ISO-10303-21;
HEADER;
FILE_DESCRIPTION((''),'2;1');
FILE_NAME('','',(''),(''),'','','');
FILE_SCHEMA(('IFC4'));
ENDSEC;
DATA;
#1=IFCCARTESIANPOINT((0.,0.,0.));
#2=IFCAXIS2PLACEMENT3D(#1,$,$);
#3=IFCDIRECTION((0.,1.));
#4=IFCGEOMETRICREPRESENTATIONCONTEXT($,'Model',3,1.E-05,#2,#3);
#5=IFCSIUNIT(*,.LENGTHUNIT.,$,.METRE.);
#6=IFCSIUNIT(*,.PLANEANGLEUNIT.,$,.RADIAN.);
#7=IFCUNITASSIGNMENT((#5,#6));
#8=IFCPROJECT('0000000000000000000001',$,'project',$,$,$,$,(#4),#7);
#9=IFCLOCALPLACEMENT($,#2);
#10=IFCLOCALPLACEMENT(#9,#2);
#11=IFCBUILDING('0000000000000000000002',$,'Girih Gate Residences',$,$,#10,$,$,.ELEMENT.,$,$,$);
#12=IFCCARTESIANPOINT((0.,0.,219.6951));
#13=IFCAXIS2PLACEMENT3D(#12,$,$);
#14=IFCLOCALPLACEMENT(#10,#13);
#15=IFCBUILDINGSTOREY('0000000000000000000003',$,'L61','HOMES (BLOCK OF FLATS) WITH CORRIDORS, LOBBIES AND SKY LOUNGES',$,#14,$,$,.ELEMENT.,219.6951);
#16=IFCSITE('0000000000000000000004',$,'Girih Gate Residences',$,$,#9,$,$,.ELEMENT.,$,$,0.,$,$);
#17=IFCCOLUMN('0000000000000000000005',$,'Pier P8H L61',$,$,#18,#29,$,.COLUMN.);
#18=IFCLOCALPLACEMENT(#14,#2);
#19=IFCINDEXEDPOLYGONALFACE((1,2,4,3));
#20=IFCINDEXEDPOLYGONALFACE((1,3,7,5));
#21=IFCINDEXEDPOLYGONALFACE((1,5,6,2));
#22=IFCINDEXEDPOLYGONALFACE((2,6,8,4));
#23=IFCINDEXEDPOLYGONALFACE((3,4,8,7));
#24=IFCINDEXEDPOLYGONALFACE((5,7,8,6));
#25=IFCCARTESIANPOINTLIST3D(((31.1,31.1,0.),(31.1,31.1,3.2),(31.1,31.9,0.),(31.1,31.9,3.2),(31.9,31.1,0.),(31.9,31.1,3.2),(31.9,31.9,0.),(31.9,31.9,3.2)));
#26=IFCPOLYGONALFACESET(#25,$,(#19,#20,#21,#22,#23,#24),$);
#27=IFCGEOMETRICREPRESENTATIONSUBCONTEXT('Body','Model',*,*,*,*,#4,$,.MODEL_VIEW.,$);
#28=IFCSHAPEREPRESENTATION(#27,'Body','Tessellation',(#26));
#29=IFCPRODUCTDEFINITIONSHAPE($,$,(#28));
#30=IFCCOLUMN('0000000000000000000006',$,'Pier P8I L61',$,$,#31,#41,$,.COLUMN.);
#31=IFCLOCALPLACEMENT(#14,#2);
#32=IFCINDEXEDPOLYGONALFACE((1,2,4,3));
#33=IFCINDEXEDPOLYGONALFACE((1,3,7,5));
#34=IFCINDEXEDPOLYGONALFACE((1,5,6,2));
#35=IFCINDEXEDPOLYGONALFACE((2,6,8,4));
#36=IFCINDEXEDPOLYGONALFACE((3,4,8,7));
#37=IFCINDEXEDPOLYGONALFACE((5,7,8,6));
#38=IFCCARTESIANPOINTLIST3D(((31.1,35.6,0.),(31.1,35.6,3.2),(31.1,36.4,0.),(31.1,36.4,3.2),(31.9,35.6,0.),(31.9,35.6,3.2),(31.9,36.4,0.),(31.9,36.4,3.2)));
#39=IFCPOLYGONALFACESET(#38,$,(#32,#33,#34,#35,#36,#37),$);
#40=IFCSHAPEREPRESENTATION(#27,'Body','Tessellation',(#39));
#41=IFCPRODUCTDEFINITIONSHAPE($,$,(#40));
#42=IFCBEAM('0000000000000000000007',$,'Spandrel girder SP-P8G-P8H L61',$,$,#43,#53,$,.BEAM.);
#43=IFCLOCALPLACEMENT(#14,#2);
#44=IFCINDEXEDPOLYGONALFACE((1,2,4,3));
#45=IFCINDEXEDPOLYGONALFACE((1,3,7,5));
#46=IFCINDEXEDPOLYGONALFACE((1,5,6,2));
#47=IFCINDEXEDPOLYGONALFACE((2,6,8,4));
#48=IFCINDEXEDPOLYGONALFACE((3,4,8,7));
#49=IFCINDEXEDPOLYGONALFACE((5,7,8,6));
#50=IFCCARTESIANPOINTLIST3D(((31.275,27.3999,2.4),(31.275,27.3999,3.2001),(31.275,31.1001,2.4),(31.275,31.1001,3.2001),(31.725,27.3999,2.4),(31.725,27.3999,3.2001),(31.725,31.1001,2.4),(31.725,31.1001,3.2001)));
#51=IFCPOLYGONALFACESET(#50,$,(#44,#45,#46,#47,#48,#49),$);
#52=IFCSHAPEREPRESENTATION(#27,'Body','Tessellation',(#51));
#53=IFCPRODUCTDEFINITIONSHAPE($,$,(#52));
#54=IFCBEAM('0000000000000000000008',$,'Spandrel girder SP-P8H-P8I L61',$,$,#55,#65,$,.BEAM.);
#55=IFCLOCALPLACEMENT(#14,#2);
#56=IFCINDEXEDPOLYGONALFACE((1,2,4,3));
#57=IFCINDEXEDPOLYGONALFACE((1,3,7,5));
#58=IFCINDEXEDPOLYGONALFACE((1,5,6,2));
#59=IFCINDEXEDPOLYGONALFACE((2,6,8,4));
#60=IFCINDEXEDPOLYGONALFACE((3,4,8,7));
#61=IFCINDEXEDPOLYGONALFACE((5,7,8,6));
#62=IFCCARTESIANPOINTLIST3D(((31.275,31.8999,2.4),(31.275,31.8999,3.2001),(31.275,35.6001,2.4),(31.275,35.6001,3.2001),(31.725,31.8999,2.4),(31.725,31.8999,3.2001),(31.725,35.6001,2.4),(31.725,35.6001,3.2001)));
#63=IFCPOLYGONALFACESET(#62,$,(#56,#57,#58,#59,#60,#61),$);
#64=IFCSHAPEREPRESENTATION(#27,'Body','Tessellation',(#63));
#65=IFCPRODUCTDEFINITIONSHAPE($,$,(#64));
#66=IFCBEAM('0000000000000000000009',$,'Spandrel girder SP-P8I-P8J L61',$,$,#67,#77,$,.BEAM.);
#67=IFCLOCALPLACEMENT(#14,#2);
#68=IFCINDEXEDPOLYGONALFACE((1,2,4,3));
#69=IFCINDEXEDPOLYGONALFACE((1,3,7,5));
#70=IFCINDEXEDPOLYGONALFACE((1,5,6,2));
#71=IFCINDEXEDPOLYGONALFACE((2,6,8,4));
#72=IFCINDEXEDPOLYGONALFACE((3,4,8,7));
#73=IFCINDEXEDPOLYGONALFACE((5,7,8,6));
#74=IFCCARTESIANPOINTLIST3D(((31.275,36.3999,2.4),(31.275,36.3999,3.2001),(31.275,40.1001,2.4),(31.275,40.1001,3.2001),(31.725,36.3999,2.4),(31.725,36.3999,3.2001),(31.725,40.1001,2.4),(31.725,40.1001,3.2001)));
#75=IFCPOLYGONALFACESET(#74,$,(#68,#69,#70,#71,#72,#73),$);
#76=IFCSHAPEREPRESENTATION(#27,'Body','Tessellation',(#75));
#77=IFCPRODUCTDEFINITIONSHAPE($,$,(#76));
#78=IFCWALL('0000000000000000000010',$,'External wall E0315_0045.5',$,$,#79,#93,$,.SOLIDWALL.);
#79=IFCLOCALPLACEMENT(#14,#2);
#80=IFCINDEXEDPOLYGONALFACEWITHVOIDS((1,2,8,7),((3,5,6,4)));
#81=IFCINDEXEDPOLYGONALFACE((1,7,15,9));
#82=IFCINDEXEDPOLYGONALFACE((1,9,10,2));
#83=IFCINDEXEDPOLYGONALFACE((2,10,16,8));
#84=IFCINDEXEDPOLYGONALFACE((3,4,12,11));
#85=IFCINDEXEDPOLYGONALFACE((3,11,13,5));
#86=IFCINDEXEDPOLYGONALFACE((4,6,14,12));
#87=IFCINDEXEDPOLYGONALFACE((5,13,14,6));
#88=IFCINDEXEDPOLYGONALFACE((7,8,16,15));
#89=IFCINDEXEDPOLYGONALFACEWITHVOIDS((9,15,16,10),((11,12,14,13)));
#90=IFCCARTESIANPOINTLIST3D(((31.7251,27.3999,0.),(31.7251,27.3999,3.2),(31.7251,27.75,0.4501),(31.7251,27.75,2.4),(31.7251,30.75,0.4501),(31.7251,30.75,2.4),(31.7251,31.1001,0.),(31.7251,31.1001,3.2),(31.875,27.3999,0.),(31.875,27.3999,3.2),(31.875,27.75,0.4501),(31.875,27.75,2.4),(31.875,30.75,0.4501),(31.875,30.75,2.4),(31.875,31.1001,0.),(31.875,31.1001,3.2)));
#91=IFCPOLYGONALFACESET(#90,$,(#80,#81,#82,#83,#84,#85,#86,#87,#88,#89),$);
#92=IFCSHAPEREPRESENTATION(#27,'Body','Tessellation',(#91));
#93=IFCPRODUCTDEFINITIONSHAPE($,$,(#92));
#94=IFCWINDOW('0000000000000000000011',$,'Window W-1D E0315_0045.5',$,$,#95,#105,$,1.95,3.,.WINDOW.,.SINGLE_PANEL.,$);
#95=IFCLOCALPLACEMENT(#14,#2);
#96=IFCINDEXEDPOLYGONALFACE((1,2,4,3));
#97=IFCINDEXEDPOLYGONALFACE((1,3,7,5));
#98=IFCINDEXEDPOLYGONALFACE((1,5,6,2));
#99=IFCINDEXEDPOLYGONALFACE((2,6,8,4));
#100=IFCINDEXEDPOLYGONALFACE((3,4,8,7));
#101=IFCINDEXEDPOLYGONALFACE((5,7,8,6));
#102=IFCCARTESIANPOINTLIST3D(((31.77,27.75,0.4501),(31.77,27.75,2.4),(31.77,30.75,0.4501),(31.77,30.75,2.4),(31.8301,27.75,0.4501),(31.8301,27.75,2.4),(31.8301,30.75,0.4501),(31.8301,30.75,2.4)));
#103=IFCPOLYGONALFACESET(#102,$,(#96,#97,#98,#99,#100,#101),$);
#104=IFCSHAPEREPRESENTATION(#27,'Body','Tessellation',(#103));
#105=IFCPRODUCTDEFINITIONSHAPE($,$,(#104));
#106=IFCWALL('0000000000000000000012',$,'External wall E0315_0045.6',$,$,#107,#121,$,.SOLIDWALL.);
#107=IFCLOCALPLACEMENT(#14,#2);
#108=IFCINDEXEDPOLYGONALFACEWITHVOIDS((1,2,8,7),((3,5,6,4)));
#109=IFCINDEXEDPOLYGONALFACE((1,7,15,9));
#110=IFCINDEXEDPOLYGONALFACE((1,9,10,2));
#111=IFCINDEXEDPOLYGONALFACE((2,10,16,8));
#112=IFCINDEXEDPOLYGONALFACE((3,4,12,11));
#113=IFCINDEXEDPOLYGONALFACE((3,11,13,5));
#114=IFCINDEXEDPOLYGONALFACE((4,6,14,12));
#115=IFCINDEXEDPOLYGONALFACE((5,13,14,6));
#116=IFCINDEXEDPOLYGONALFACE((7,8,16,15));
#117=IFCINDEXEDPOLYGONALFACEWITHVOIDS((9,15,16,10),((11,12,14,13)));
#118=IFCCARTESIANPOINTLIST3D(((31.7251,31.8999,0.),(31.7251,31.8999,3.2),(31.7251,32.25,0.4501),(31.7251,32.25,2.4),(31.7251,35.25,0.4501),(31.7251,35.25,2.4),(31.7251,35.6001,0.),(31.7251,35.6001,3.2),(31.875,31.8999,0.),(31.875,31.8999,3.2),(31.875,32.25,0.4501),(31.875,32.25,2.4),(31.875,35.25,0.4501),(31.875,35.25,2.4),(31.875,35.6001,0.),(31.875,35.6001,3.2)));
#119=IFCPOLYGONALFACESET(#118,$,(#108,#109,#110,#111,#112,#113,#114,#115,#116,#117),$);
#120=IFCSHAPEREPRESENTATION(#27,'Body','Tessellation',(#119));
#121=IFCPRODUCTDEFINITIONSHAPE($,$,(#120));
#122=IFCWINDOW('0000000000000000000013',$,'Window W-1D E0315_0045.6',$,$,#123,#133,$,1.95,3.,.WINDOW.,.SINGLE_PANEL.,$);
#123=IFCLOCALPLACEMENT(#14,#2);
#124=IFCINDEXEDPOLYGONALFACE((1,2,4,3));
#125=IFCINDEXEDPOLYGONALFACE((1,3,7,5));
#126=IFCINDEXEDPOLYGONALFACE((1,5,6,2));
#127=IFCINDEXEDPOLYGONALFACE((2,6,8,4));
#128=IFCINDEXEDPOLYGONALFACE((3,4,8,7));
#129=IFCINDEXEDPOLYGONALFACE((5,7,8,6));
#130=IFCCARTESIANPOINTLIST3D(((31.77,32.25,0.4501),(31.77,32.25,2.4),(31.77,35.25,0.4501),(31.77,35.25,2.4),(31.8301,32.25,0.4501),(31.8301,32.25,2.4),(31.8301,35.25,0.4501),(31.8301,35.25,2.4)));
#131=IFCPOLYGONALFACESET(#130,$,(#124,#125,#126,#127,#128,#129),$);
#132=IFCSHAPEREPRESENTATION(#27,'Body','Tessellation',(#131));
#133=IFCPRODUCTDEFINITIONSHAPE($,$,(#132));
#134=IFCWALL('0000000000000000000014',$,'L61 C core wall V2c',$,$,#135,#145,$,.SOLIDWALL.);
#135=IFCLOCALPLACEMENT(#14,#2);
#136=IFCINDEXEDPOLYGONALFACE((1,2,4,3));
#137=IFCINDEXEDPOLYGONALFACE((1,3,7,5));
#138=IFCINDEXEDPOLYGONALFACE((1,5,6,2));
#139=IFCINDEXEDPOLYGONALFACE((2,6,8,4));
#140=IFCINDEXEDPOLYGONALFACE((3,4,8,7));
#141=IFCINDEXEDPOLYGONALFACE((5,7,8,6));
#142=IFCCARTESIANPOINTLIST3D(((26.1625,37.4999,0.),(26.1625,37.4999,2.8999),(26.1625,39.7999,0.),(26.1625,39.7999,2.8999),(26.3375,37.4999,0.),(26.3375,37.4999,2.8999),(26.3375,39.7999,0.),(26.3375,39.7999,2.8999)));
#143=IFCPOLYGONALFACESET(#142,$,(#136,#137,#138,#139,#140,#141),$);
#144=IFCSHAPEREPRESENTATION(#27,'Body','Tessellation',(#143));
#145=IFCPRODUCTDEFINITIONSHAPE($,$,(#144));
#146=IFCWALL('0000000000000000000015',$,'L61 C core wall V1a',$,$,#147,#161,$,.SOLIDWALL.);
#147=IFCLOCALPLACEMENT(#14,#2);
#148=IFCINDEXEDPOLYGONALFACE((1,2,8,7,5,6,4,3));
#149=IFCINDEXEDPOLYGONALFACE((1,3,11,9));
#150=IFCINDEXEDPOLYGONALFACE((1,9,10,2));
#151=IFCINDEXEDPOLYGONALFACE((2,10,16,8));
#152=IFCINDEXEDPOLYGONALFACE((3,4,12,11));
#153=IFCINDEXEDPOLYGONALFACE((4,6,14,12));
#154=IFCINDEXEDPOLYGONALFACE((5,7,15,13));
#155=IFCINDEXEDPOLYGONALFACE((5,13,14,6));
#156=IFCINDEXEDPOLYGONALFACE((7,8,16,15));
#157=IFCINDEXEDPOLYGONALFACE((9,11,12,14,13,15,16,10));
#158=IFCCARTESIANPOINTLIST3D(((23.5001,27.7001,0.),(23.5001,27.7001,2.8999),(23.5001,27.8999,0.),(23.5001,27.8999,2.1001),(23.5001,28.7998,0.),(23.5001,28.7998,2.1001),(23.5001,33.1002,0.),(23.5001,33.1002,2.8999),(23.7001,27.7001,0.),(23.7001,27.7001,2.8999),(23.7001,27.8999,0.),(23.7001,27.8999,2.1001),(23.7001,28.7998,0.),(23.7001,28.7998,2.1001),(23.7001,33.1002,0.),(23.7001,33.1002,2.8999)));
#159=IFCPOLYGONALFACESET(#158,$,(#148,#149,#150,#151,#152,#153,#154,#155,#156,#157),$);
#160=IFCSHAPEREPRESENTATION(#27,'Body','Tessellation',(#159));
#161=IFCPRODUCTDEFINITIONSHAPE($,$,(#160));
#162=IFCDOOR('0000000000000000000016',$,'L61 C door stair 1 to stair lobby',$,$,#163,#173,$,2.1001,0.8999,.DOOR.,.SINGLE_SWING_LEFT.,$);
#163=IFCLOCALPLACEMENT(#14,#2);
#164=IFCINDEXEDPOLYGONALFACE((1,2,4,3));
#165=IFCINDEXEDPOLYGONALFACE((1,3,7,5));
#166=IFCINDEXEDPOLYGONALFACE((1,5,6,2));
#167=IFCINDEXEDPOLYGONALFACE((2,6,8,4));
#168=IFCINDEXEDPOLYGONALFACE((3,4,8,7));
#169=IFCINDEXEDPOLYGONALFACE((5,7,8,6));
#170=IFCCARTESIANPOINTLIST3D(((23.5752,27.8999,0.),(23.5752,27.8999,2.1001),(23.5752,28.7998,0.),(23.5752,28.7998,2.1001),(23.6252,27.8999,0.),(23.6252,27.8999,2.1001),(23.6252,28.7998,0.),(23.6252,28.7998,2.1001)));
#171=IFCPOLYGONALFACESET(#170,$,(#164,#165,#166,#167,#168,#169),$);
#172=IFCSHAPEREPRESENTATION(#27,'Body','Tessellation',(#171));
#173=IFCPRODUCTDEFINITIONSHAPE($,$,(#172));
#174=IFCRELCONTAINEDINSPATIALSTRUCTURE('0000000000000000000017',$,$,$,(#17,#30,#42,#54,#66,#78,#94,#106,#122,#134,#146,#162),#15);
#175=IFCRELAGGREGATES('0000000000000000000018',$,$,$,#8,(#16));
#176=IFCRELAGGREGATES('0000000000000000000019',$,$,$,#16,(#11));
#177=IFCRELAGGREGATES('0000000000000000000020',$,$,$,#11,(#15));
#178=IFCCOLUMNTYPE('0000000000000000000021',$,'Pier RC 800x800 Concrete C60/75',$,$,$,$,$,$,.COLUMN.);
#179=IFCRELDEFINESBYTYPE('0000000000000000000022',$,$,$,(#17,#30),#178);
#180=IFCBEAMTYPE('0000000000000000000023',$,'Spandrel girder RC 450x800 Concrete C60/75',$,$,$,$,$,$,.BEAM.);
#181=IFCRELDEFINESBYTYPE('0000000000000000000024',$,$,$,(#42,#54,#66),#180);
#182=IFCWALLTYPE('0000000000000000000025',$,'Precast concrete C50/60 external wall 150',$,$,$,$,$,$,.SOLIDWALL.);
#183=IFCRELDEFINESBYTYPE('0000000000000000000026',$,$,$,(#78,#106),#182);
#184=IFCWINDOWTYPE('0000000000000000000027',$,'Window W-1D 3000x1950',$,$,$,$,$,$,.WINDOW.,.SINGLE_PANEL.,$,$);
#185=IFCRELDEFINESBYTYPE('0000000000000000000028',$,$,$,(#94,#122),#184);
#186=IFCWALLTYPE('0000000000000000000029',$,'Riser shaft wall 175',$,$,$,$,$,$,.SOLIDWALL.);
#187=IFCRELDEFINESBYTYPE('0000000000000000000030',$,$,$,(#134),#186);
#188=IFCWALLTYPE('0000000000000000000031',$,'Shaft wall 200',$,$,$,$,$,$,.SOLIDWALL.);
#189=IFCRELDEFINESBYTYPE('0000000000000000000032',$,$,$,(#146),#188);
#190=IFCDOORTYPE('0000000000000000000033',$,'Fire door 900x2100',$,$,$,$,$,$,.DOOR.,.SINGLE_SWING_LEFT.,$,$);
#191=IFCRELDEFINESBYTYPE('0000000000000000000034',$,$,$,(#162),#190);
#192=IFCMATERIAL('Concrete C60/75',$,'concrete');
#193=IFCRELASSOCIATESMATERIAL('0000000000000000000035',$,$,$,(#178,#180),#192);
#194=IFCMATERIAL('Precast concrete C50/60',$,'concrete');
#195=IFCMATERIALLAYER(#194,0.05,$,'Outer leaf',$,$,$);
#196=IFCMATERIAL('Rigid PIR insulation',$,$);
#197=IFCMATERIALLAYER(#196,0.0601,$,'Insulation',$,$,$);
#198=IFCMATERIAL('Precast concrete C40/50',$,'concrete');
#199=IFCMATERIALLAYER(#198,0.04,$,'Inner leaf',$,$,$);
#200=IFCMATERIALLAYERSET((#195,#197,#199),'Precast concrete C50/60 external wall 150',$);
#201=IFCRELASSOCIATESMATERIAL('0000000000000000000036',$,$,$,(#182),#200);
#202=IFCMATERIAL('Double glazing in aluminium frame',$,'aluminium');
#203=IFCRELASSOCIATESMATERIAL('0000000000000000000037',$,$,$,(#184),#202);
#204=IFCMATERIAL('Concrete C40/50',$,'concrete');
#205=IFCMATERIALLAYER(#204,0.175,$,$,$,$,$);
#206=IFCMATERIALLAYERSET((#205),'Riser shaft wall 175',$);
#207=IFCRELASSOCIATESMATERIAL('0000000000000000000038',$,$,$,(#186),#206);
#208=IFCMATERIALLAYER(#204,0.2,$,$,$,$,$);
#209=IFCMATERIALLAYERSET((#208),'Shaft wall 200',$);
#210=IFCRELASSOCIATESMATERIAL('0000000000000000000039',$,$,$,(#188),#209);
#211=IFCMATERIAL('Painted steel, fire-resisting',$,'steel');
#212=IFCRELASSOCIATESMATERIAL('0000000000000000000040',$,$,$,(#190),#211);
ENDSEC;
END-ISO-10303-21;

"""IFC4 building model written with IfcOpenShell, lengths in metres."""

from ifc_helpers import new_model, si_unit, direction, frame, frame_2d, origin, origin_2d, place, context, subcontext, project, spatial, rectangle, extrude, material, layer, layer_set, material_profile, profile_set, type_object, element, fill, save


model = new_model("IFC4")

# Units and contexts
model_context = context("Model", 3, precision=1e-05, world=origin(), true_north=direction((0.0, 1.0)))
body_context = subcontext(model_context, "Body", "Model", "MODEL_VIEW")
ifc_project = project(units=[si_unit("LENGTHUNIT", "METRE"), si_unit("PLANEANGLEUNIT", "RADIAN")], contexts=[model_context])

# Site, building, storey
site_placement = place(None, origin())
site = spatial("IfcSite", under=ifc_project, at=site_placement, Name="Girih Gate Residences", CompositionType="ELEMENT", RefElevation=0.0)
building_placement = place(site_placement, origin())
building = spatial("IfcBuilding", under=site, at=building_placement, Name="Girih Gate Residences", CompositionType="ELEMENT")
storey_placement = place(building_placement, frame((0.0, 0.0, 219.6951)))
storey = spatial("IfcBuildingStorey", under=building, at=storey_placement, Name="L61", Description="HOMES (BLOCK OF FLATS) WITH CORRIDORS, LOBBIES AND SKY LOUNGES", CompositionType="ELEMENT", Elevation=219.6951)

# Columns
ifc_material_1 = material(Name="Concrete C60/75", Category="concrete")
ifc_material_profile_1 = material_profile(ifc_material_1, rectangle(XDim=0.8, YDim=0.8, at=origin_2d()))
ifc_profile_set_1 = profile_set([ifc_material_profile_1], Name="Concrete C60/75")
column_type = type_object("IfcColumnType", Name="Pier RC 800x800 Concrete C60/75", PredefinedType="COLUMN", material=ifc_profile_set_1)
for number, where, z_axis, x_axis, name in (
    (1, (31.5, 31.5, 0.0), (0.0, 0.0, 1.0), (1.0, 0.0, 0.0), "Pier P8H L61"),
    (2, (31.5, 36.0, 0.0), (0.0, 0.0, 1.0), (1.0, 0.0, 0.0), "Pier P8I L61"),
):
    element("IfcColumn", number, at=place(storey_placement, frame(where, z_axis=z_axis, x_axis=x_axis)), inside=storey, type_object=column_type, Name=name, PredefinedType="COLUMN", context=body_context, shape_type="SweptSolid", body=[
        extrude(rectangle(XDim=0.8, YDim=0.8, at=origin_2d()), origin(), (0.0, 0.0, 1.0), 3.2),
    ])

# Beams
ifc_material_profile_2 = material_profile(ifc_material_1, rectangle(XDim=0.45, YDim=0.8, at=origin_2d()))
ifc_profile_set_2 = profile_set([ifc_material_profile_2], Name="Concrete C60/75")
beam_type = type_object("IfcBeamType", Name="Spandrel girder RC 450x800 Concrete C60/75", PredefinedType="BEAM", material=ifc_profile_set_2)
for number, where, z_axis, x_axis, name in (
    (3, (31.5, 27.3999, 2.8), (0.0, 1.0, 0.0), (-1.0, 0.0, 0.0), "Spandrel girder SP-P8G-P8H L61"),
    (4, (31.5, 31.8999, 2.8), (0.0, 1.0, 0.0), (-1.0, 0.0, 0.0), "Spandrel girder SP-P8H-P8I L61"),
    (5, (31.5, 36.3999, 2.8), (0.0, 1.0, 0.0), (-1.0, 0.0, 0.0), "Spandrel girder SP-P8I-P8J L61"),
):
    element("IfcBeam", number, at=place(storey_placement, frame(where, z_axis=z_axis, x_axis=x_axis)), inside=storey, type_object=beam_type, Name=name, PredefinedType="BEAM", context=body_context, shape_type="SweptSolid", body=[
        extrude(rectangle(XDim=0.45, YDim=0.8, at=origin_2d()), origin(), (0.0, 0.0, 1.0), 3.7002),
    ])

# Walls, openings, windows
ifc_material_2 = material(Name="Precast concrete C50/60", Category="concrete")
ifc_layer_1 = layer(ifc_material_2, 0.05, Name="Outer leaf")
ifc_material_3 = material(Name="Rigid PIR insulation")
ifc_layer_2 = layer(ifc_material_3, 0.0601, Name="Insulation")
ifc_material_4 = material(Name="Precast concrete C40/50", Category="concrete")
ifc_layer_3 = layer(ifc_material_4, 0.04, Name="Inner leaf")
ifc_layer_set_1 = layer_set([ifc_layer_1, ifc_layer_2, ifc_layer_3], Name="Precast concrete C50/60 external wall 150")
wall_type_1 = type_object("IfcWallType", Name="Precast concrete C50/60 external wall 150", PredefinedType="SOLIDWALL", material=ifc_layer_set_1)
wall_1_placement = place(storey_placement, frame((31.8, 31.1001, 0.0), z_axis=(0.0, 0.0, 1.0), x_axis=(0.0, -1.0, 0.0)))
wall_1 = element("IfcWall", 6, at=wall_1_placement, inside=storey, type_object=wall_type_1, Name="External wall E0315_0045.5", PredefinedType="SOLIDWALL", context=body_context, shape_type="SweptSolid", body=[
    extrude(rectangle(XDim=3.7002, YDim=0.1499, at=frame_2d((1.8501, 0.0))), origin(), (0.0, 0.0, 1.0), 3.2),
])
opening_1_placement = place(wall_1_placement, frame((0.3501, 0.0, 0.45)))
opening_1 = element("IfcOpeningElement", 7, at=opening_1_placement, cuts=wall_1, PredefinedType="OPENING", context=body_context, shape_type="SweptSolid", body=[
    extrude(rectangle(XDim=3.0, YDim=1.95, at=frame_2d((1.5, 0.9751))), frame((0.0, 0.085, 0.0), z_axis=(0.0, -1.0, 0.0), x_axis=(1.0, 0.0, 0.0)), (0.0, 0.0, 1.0), 0.1699),
])
ifc_material_5 = material(Name="Double glazing in aluminium frame", Category="aluminium")
window_type = type_object("IfcWindowType", Name="Window W-1D 3000x1950", PartitioningType="SINGLE_PANEL", PredefinedType="WINDOW", material=ifc_material_5)
window_1_placement = place(opening_1_placement, origin())
window_1 = element("IfcWindow", 8, at=window_1_placement, inside=storey, type_object=window_type, Name="Window W-1D E0315_0045.5", OverallHeight=1.95, OverallWidth=3.0, PartitioningType="SINGLE_PANEL", PredefinedType="WINDOW", context=body_context, shape_type="SweptSolid", body=[
    extrude(rectangle(XDim=3.0, YDim=1.95, at=frame_2d((1.5, 0.9751))), frame((0.0, 0.03, 0.0), z_axis=(0.0, -1.0, 0.0), x_axis=(1.0, 0.0, 0.0)), (0.0, 0.0, 1.0), 0.0601),
])
fill(opening_1, window_1)
wall_2_placement = place(storey_placement, frame((31.8, 35.6001, 0.0), z_axis=(0.0, 0.0, 1.0), x_axis=(0.0, -1.0, 0.0)))
wall_2 = element("IfcWall", 9, at=wall_2_placement, inside=storey, type_object=wall_type_1, Name="External wall E0315_0045.6", PredefinedType="SOLIDWALL", context=body_context, shape_type="SweptSolid", body=[
    extrude(rectangle(XDim=3.7002, YDim=0.1499, at=frame_2d((1.8501, 0.0))), origin(), (0.0, 0.0, 1.0), 3.2),
])
opening_2_placement = place(wall_2_placement, frame((0.3501, 0.0, 0.45)))
opening_2 = element("IfcOpeningElement", 10, at=opening_2_placement, cuts=wall_2, PredefinedType="OPENING", context=body_context, shape_type="SweptSolid", body=[
    extrude(rectangle(XDim=3.0, YDim=1.95, at=frame_2d((1.5, 0.9751))), frame((0.0, 0.085, 0.0), z_axis=(0.0, -1.0, 0.0), x_axis=(1.0, 0.0, 0.0)), (0.0, 0.0, 1.0), 0.1699),
])
window_2_placement = place(opening_2_placement, origin())
window_2 = element("IfcWindow", 11, at=window_2_placement, inside=storey, type_object=window_type, Name="Window W-1D E0315_0045.6", OverallHeight=1.95, OverallWidth=3.0, PartitioningType="SINGLE_PANEL", PredefinedType="WINDOW", context=body_context, shape_type="SweptSolid", body=[
    extrude(rectangle(XDim=3.0, YDim=1.95, at=frame_2d((1.5, 0.9751))), frame((0.0, 0.03, 0.0), z_axis=(0.0, -1.0, 0.0), x_axis=(1.0, 0.0, 0.0)), (0.0, 0.0, 1.0), 0.0601),
])
fill(opening_2, window_2)

# Wall
ifc_material_6 = material(Name="Concrete C40/50", Category="concrete")
ifc_layer_4 = layer(ifc_material_6, 0.175)
ifc_layer_set_2 = layer_set([ifc_layer_4], Name="Riser shaft wall 175")
wall_type_2 = type_object("IfcWallType", Name="Riser shaft wall 175", PredefinedType="SOLIDWALL", material=ifc_layer_set_2)
wall_3_placement = place(storey_placement, frame((26.25, 37.5, 0.0), z_axis=(0.0, 0.0, 1.0), x_axis=(0.0, 1.0, 0.0)))
element("IfcWall", 12, at=wall_3_placement, inside=storey, type_object=wall_type_2, Name="L61 C core wall V2c", PredefinedType="SOLIDWALL", context=body_context, shape_type="SweptSolid", body=[
    extrude(rectangle(XDim=2.3, YDim=0.175, at=frame_2d((1.1499, 0.0))), origin(), (0.0, 0.0, 1.0), 2.8999),
])

# Wall, opening, door
ifc_layer_5 = layer(ifc_material_6, 0.2)
ifc_layer_set_3 = layer_set([ifc_layer_5], Name="Shaft wall 200")
wall_type_3 = type_object("IfcWallType", Name="Shaft wall 200", PredefinedType="SOLIDWALL", material=ifc_layer_set_3)
wall_4_placement = place(storey_placement, frame((23.6001, 27.7, 0.0), z_axis=(0.0, 0.0, 1.0), x_axis=(0.0, 1.0, 0.0)))
wall_4 = element("IfcWall", 13, at=wall_4_placement, inside=storey, type_object=wall_type_3, Name="L61 C core wall V1a", PredefinedType="SOLIDWALL", context=body_context, shape_type="SweptSolid", body=[
    extrude(rectangle(XDim=5.4001, YDim=0.2, at=frame_2d((2.7002, 0.0))), origin(), (0.0, 0.0, 1.0), 2.8999),
])
opening_3_placement = place(wall_4_placement, frame((0.2, 0.0, 0.0)))
opening_3 = element("IfcOpeningElement", 14, at=opening_3_placement, cuts=wall_4, PredefinedType="OPENING", context=body_context, shape_type="SweptSolid", body=[
    extrude(rectangle(XDim=0.8999, YDim=2.1001, at=frame_2d((0.45, 1.05))), frame((0.0, 0.1099, 0.0), z_axis=(0.0, -1.0, 0.0), x_axis=(1.0, 0.0, 0.0)), (0.0, 0.0, 1.0), 0.22),
])
ifc_material_7 = material(Name="Painted steel, fire-resisting", Category="steel")
door_type = type_object("IfcDoorType", Name="Fire door 900x2100", OperationType="SINGLE_SWING_LEFT", PredefinedType="DOOR", material=ifc_material_7)
door_1_placement = place(opening_3_placement, origin())
door_1 = element("IfcDoor", 15, at=door_1_placement, inside=storey, type_object=door_type, Name="L61 C door stair 1 to stair lobby", OperationType="SINGLE_SWING_LEFT", OverallHeight=2.1001, OverallWidth=0.8999, PredefinedType="DOOR", context=body_context, shape_type="SweptSolid", body=[
    extrude(rectangle(XDim=0.8999, YDim=2.1001, at=frame_2d((0.45, 1.05))), frame((0.0, 0.0249, 0.0), z_axis=(0.0, -1.0, 0.0), x_axis=(1.0, 0.0, 0.0)), (0.0, 0.0, 1.0), 0.05),
])
fill(opening_3, door_1)

save(model, "model.ifc")
